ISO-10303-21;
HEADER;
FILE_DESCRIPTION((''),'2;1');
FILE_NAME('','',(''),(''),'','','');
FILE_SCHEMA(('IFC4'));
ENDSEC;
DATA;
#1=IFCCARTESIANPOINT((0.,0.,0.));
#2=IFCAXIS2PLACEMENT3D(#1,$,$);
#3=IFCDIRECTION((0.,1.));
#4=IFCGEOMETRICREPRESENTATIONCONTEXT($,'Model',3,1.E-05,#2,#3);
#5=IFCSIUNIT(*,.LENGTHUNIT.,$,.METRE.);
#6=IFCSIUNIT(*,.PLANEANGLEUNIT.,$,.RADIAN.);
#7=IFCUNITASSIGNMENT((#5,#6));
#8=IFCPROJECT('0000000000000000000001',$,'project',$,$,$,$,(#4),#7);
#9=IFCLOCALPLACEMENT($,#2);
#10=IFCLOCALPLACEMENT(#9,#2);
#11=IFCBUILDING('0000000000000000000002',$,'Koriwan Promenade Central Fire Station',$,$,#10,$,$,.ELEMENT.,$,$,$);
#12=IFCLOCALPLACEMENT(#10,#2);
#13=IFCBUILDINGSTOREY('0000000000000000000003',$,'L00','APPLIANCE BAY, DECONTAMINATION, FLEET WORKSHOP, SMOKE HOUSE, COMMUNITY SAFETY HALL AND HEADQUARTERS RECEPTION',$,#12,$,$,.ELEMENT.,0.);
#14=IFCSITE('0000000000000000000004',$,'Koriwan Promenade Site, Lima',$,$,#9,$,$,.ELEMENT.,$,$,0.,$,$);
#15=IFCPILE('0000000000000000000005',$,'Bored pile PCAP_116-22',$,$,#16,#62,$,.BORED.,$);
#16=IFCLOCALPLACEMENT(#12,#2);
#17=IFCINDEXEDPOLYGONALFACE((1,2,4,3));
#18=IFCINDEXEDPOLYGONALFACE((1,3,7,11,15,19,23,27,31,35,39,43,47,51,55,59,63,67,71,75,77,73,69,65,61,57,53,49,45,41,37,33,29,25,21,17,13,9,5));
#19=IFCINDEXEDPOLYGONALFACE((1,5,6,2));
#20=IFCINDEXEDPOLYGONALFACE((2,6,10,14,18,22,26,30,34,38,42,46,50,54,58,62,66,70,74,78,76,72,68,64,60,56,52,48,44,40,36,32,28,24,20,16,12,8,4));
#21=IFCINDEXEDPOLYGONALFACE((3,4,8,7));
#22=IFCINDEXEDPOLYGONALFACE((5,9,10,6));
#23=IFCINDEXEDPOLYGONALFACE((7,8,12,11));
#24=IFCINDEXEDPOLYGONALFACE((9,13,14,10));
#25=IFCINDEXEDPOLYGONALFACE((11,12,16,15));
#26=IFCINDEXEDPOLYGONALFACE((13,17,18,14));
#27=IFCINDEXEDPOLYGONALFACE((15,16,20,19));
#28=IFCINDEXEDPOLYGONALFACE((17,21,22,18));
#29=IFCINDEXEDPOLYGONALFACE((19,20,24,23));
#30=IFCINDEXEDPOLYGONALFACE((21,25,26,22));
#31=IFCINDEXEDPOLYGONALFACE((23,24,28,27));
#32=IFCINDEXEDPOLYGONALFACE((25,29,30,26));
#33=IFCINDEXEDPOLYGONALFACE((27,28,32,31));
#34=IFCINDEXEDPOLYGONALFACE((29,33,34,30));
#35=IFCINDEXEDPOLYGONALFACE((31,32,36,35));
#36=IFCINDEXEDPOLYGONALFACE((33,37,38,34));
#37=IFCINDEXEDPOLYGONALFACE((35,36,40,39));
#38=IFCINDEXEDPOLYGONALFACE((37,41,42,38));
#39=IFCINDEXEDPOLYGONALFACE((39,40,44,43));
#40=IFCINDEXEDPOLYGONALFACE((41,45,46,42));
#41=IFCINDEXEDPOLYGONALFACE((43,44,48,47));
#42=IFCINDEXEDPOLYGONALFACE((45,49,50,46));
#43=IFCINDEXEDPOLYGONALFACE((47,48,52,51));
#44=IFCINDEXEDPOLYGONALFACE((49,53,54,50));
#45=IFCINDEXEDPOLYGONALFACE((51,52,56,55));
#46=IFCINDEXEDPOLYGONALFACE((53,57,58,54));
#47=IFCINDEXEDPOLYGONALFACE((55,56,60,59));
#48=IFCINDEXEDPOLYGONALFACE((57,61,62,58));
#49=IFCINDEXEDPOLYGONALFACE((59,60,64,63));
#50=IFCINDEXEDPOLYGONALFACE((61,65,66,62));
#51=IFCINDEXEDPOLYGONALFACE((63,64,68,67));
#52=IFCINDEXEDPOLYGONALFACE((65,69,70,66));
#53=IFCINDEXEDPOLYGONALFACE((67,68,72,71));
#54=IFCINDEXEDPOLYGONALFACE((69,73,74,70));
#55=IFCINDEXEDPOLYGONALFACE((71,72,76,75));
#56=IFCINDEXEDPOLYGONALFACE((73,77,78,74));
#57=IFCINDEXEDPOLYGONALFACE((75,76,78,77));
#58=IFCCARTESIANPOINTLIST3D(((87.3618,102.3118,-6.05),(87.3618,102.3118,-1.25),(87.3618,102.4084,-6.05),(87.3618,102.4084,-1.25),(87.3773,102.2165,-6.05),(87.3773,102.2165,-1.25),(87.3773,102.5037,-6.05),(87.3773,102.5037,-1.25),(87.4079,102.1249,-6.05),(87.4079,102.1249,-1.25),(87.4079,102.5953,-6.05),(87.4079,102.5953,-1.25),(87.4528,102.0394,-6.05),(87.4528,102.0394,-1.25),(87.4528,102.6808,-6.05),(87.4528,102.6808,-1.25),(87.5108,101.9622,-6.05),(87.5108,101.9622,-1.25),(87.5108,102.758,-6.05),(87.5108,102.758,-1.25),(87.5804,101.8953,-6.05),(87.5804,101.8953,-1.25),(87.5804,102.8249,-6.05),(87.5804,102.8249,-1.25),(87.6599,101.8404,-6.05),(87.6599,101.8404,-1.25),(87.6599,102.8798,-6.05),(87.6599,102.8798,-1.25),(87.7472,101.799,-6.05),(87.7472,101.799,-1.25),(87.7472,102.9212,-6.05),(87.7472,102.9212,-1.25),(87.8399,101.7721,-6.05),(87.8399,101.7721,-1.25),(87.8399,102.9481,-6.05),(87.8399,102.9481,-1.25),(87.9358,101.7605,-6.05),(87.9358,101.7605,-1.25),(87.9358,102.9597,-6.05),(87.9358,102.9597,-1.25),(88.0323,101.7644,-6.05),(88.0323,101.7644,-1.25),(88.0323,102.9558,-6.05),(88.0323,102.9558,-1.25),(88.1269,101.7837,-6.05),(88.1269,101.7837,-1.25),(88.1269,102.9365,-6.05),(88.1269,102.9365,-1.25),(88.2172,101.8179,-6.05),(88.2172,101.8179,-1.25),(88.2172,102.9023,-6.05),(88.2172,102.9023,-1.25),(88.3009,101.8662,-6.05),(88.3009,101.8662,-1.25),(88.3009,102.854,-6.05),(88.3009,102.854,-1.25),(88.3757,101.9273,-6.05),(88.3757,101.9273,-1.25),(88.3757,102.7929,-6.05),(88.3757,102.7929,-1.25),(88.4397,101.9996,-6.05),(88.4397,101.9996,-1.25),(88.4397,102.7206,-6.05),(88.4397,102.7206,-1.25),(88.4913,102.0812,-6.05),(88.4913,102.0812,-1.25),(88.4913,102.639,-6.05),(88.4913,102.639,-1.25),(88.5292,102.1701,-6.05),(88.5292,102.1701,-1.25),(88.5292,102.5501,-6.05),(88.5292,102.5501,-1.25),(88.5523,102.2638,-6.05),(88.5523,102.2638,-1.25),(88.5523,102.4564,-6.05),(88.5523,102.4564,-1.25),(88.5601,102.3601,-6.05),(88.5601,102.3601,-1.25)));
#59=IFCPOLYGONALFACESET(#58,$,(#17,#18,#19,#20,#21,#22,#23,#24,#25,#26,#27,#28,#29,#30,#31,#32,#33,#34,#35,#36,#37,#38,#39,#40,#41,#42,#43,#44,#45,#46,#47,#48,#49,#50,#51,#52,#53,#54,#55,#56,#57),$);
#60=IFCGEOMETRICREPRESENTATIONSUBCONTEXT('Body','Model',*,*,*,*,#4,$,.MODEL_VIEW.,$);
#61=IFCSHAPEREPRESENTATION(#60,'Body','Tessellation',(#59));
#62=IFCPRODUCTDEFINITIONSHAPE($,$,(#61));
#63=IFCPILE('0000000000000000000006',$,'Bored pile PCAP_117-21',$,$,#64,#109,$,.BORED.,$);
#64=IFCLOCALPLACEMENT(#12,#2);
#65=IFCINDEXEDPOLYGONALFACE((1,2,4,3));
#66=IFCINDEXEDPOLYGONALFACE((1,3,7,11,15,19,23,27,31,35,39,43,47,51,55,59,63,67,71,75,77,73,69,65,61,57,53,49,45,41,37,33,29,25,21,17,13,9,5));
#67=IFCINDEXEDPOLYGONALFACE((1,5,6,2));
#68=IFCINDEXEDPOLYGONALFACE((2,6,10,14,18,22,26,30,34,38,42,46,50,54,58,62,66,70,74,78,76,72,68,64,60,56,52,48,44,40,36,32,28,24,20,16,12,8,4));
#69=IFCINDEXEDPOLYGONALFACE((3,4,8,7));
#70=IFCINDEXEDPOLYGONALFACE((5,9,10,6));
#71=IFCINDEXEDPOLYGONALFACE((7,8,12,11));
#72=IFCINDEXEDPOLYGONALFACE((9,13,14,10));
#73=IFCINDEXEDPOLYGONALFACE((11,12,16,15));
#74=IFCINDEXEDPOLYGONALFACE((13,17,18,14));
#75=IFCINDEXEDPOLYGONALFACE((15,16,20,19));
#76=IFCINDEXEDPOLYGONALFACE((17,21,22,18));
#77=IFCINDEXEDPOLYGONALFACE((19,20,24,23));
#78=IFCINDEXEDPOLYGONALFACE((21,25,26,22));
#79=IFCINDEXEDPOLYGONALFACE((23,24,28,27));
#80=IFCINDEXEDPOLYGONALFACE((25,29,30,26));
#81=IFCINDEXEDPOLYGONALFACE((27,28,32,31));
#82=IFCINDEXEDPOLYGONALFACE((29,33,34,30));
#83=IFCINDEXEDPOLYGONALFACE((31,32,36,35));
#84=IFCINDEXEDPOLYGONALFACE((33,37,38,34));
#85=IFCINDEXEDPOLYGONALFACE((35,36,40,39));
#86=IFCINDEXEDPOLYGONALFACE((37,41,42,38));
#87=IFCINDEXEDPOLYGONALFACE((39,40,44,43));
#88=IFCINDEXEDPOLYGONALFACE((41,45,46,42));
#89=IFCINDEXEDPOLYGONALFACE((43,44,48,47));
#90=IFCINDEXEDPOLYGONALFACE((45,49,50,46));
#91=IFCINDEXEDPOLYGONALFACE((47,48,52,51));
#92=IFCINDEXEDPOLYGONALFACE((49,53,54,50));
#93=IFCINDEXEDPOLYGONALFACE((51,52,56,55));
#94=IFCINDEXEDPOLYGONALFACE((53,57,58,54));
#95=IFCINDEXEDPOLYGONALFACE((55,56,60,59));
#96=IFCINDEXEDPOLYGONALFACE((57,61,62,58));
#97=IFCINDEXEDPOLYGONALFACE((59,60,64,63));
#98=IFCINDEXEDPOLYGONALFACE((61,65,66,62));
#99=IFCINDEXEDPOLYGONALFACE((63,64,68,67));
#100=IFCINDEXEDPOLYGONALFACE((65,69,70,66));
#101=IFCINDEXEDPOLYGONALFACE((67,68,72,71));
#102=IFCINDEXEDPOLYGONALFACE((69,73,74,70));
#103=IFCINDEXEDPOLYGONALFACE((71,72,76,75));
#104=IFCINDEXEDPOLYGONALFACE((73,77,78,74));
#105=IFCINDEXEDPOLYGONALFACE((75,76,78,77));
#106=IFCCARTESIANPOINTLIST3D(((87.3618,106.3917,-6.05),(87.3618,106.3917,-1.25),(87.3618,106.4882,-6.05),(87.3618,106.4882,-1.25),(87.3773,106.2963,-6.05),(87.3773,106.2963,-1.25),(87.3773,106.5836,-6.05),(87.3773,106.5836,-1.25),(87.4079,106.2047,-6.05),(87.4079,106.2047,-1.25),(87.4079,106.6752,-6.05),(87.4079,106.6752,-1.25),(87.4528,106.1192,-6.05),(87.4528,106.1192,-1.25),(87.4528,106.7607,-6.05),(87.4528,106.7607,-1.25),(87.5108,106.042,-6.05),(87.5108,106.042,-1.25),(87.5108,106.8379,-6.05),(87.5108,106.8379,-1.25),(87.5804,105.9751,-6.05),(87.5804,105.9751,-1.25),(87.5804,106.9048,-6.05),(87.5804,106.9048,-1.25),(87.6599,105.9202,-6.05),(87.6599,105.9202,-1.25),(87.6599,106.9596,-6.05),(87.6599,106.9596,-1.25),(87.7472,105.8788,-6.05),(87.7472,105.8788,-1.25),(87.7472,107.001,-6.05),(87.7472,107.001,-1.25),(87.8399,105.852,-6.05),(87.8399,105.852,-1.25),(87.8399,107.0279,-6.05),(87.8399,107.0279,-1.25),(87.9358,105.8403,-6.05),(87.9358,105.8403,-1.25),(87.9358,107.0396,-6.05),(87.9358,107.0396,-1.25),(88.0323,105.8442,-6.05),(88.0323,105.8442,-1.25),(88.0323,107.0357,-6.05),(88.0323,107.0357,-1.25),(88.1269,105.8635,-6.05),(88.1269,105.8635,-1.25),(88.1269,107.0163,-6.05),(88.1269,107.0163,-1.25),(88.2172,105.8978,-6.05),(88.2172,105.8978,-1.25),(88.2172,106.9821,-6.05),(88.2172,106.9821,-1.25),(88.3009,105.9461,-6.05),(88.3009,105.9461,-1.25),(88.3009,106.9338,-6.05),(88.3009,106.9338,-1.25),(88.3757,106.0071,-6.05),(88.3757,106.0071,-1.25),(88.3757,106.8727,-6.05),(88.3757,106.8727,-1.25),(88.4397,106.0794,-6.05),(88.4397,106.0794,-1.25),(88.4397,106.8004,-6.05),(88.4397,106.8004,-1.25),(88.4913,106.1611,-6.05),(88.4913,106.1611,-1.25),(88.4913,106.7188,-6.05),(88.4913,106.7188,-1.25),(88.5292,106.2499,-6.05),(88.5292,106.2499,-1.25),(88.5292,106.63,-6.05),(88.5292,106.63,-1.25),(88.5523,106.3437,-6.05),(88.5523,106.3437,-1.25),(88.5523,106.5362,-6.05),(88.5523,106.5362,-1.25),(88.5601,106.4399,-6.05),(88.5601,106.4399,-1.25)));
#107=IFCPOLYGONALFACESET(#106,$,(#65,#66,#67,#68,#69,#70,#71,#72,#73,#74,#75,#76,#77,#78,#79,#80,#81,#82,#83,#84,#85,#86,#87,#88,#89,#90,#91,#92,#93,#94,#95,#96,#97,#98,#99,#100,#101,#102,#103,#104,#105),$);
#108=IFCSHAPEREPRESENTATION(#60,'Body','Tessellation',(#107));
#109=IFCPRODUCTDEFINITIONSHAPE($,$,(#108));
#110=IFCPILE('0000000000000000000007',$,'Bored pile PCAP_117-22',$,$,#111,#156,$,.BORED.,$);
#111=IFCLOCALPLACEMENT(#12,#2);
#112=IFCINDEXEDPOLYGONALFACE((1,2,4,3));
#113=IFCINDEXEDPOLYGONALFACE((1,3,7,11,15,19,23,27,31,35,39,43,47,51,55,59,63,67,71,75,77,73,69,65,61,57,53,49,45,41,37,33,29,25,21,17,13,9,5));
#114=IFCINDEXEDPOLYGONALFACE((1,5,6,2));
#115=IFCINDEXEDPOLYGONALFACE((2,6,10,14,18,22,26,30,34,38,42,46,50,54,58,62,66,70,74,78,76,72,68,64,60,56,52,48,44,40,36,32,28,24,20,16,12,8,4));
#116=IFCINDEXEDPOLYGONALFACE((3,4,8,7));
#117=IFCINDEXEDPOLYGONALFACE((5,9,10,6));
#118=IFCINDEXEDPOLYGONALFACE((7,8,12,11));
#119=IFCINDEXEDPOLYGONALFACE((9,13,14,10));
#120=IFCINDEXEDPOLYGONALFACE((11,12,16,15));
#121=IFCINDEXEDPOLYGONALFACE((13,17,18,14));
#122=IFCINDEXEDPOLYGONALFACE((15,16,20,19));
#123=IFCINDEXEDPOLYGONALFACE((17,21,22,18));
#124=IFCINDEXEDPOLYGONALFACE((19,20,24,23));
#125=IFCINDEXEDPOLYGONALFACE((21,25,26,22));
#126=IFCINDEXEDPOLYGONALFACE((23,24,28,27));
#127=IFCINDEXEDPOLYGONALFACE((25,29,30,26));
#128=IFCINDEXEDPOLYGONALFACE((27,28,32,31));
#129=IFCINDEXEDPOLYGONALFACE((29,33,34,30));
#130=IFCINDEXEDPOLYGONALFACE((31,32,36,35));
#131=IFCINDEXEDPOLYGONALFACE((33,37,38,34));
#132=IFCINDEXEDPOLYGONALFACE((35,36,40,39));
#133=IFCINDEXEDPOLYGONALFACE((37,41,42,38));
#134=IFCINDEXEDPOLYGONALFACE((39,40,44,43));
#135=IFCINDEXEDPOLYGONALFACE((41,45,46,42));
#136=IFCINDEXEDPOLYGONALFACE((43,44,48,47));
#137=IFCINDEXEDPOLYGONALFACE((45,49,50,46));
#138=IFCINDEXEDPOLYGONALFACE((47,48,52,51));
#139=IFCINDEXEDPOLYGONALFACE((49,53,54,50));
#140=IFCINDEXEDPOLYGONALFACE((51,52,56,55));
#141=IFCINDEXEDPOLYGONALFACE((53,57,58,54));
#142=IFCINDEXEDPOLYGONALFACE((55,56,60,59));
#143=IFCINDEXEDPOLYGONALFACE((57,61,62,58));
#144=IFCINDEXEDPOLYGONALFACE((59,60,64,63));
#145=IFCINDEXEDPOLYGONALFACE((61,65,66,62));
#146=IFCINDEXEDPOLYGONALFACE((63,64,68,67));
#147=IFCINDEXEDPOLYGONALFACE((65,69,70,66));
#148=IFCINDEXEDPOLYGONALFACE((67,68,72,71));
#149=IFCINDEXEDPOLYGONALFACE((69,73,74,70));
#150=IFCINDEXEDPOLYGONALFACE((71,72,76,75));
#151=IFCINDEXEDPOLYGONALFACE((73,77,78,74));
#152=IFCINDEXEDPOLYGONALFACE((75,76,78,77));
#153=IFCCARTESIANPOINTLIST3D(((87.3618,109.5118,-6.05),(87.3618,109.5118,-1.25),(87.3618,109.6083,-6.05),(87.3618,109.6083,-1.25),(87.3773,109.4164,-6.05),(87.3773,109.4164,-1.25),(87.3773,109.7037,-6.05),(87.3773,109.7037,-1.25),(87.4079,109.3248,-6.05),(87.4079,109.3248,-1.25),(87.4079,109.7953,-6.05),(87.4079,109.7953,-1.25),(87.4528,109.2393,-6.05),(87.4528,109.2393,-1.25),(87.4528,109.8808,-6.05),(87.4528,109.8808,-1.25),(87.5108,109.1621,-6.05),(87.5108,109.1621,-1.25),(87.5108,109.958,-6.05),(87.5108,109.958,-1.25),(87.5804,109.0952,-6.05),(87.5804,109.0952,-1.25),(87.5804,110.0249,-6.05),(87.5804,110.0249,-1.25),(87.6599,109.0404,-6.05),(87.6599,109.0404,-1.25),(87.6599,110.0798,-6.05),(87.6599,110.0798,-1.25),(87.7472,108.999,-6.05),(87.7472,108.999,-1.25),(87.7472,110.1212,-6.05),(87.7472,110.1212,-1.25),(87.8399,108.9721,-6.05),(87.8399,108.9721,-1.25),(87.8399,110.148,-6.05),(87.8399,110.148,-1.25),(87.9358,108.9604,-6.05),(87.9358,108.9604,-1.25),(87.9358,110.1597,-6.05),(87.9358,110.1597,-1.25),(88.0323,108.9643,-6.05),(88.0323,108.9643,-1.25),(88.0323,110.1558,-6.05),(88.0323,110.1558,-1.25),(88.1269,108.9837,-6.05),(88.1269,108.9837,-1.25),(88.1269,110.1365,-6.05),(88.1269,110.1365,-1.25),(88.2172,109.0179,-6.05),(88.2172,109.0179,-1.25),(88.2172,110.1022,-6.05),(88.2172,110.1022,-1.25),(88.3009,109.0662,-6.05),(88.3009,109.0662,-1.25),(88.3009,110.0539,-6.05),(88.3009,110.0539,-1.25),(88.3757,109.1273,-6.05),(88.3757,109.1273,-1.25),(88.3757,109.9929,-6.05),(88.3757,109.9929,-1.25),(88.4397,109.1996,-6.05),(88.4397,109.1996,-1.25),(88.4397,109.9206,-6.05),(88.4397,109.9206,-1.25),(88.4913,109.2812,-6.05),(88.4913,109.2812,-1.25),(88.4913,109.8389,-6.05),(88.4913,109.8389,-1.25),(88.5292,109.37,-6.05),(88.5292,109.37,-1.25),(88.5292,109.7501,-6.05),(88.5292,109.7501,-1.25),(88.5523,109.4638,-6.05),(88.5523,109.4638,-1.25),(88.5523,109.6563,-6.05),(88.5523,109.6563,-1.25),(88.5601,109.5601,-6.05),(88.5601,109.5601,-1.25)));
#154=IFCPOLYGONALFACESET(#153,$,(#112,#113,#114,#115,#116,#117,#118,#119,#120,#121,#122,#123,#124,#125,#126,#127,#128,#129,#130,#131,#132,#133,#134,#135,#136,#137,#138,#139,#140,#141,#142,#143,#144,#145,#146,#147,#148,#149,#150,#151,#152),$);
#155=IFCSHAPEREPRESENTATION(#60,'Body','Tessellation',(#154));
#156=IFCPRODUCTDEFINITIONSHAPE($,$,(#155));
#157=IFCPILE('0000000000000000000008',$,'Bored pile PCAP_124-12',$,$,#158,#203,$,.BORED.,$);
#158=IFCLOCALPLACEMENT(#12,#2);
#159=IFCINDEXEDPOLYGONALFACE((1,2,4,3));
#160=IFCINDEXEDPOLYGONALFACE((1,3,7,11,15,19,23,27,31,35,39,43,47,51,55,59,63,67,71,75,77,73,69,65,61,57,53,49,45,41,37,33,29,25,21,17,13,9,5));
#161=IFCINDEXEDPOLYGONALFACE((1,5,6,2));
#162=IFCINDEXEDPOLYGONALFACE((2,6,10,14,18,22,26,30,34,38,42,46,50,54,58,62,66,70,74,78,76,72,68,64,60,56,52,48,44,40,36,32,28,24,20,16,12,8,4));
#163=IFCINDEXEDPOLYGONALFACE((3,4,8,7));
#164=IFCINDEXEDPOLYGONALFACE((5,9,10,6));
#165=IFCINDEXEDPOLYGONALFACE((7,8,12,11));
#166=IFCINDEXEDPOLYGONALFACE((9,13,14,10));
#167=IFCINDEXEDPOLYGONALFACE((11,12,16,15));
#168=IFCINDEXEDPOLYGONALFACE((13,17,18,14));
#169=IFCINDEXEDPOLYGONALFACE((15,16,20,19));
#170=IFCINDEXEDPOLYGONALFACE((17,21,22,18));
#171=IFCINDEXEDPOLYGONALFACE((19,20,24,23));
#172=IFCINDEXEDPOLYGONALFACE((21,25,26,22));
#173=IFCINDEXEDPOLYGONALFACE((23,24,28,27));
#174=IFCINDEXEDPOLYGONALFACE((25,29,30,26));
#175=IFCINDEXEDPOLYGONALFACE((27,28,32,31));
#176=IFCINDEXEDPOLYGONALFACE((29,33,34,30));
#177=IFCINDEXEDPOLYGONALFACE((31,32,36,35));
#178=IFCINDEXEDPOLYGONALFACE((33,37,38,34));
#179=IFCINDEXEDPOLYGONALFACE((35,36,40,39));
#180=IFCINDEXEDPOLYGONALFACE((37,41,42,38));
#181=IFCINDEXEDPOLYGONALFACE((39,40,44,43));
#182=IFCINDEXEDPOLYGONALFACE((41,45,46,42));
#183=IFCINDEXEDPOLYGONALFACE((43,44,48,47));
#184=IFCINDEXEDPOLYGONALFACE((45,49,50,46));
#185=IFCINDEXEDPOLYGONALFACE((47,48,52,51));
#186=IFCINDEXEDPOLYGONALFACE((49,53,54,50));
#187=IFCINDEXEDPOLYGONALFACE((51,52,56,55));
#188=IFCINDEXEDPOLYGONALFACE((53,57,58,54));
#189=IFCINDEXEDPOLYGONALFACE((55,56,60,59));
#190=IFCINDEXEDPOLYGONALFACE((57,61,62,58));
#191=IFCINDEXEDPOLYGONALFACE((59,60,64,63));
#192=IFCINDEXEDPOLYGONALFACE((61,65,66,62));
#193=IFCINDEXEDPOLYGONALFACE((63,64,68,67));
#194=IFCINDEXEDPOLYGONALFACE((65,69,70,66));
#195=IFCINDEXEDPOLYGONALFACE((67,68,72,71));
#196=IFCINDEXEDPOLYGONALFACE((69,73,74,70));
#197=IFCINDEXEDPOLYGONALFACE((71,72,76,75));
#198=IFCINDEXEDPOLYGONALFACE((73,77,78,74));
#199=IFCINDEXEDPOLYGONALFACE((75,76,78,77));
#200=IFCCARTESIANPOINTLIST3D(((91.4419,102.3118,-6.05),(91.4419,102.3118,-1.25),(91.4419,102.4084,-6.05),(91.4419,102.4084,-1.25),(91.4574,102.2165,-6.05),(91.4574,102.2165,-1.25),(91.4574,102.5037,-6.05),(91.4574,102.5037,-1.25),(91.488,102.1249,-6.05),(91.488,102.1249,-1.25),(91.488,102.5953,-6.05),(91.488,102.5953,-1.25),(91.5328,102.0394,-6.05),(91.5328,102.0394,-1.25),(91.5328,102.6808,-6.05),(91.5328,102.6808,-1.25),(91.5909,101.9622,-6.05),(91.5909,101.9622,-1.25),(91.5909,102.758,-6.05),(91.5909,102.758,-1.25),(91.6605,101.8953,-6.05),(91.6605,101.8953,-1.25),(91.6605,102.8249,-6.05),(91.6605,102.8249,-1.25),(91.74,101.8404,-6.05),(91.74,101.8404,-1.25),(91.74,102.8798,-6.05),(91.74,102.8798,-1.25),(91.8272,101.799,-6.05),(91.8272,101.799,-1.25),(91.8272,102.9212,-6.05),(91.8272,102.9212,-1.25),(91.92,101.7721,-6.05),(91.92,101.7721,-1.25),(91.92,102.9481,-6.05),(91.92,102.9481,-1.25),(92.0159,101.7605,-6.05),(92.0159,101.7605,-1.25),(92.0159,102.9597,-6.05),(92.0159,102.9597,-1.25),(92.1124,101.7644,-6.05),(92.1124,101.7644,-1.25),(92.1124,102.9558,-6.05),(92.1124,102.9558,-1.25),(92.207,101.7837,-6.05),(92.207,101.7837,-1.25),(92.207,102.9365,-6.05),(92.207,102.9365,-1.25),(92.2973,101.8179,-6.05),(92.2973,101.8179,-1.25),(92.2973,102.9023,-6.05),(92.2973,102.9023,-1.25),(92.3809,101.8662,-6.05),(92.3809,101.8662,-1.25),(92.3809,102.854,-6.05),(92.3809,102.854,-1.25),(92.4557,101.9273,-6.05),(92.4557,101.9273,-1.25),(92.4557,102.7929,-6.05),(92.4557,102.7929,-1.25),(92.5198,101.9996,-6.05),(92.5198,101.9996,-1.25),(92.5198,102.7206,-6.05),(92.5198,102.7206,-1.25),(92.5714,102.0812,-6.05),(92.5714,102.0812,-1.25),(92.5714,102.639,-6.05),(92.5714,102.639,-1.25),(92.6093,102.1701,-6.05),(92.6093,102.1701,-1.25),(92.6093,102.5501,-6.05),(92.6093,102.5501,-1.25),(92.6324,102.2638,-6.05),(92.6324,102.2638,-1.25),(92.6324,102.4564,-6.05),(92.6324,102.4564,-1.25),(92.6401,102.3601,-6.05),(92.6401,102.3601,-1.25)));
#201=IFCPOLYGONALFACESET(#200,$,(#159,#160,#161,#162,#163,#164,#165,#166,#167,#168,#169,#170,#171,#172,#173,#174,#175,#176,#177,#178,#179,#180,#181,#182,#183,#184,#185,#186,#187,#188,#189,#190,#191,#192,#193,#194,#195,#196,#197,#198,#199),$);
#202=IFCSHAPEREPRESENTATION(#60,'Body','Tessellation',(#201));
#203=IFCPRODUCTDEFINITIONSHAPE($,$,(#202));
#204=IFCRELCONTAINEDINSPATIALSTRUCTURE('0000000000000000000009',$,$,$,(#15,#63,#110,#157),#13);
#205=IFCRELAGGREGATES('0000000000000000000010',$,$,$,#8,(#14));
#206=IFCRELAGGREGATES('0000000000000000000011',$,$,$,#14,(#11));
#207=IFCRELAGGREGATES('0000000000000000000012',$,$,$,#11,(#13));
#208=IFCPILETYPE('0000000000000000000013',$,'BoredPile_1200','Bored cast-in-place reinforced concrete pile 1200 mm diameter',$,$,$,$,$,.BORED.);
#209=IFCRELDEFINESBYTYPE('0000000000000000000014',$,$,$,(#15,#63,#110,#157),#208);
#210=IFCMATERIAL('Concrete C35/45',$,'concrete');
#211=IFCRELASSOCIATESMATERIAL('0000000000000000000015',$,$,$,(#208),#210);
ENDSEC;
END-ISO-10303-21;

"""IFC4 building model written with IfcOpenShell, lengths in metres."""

from ifc_helpers import new_model, si_unit, direction, frame, origin, origin_2d, place, context, subcontext, project, spatial, circle, extrude, material, material_profile, profile_set, type_object, element, save


model = new_model("IFC4")

# Units and contexts
model_context = context("Model", 3, precision=1e-05, world=origin(), true_north=direction((0.0, 1.0)))
body_context = subcontext(model_context, "Body", "Model", "MODEL_VIEW")
ifc_project = project(units=[si_unit("LENGTHUNIT", "METRE"), si_unit("PLANEANGLEUNIT", "RADIAN")], contexts=[model_context])

# Site, building, storey
site_placement = place(None, origin())
site = spatial("IfcSite", under=ifc_project, at=site_placement, Name="Koriwan Promenade Site, Lima", CompositionType="ELEMENT", RefElevation=0.0)
building_placement = place(site_placement, origin())
building = spatial("IfcBuilding", under=site, at=building_placement, Name="Koriwan Promenade Central Fire Station", CompositionType="ELEMENT")
storey_placement = place(building_placement, origin())
storey = spatial("IfcBuildingStorey", under=building, at=storey_placement, Name="L00", Description="APPLIANCE BAY, DECONTAMINATION, FLEET WORKSHOP, SMOKE HOUSE, COMMUNITY SAFETY HALL AND HEADQUARTERS RECEPTION", CompositionType="ELEMENT", Elevation=0.0)

# Piles
ifc_material_1 = material(Name="Concrete C35/45", Category="concrete")
ifc_material_profile_1 = material_profile(ifc_material_1, circle(Radius=0.6001, at=origin_2d()), Name="PILE-D1200")
ifc_profile_set_1 = profile_set([ifc_material_profile_1], Name="Concrete C35/45")
pile_type = type_object("IfcPileType", Name="BoredPile_1200", Description="Bored cast-in-place reinforced concrete pile 1200 mm diameter", PredefinedType="BORED", material=ifc_profile_set_1)
for number, where, z_axis, x_axis, name in (
    (1, (87.96, 102.3601, -1.25), (0.0, 0.0, -1.0), (1.0, 0.0, 0.0), "Bored pile PCAP_116-22"),
    (2, (87.96, 106.4399, -1.25), (0.0, 0.0, -1.0), (1.0, 0.0, 0.0), "Bored pile PCAP_117-21"),
    (3, (87.96, 109.5601, -1.25), (0.0, 0.0, -1.0), (1.0, 0.0, 0.0), "Bored pile PCAP_117-22"),
    (4, (92.04, 102.3601, -1.25), (0.0, 0.0, -1.0), (1.0, 0.0, 0.0), "Bored pile PCAP_124-12"),
):
    element("IfcPile", number, at=place(storey_placement, frame(where, z_axis=z_axis, x_axis=x_axis)), inside=storey, type_object=pile_type, Name=name, PredefinedType="BORED", context=body_context, shape_type="SweptSolid", body=[
        extrude(circle(Radius=0.6001, at=origin_2d()), origin(), (0.0, 0.0, 1.0), 4.8),
    ])

save(model, "model.ifc")
